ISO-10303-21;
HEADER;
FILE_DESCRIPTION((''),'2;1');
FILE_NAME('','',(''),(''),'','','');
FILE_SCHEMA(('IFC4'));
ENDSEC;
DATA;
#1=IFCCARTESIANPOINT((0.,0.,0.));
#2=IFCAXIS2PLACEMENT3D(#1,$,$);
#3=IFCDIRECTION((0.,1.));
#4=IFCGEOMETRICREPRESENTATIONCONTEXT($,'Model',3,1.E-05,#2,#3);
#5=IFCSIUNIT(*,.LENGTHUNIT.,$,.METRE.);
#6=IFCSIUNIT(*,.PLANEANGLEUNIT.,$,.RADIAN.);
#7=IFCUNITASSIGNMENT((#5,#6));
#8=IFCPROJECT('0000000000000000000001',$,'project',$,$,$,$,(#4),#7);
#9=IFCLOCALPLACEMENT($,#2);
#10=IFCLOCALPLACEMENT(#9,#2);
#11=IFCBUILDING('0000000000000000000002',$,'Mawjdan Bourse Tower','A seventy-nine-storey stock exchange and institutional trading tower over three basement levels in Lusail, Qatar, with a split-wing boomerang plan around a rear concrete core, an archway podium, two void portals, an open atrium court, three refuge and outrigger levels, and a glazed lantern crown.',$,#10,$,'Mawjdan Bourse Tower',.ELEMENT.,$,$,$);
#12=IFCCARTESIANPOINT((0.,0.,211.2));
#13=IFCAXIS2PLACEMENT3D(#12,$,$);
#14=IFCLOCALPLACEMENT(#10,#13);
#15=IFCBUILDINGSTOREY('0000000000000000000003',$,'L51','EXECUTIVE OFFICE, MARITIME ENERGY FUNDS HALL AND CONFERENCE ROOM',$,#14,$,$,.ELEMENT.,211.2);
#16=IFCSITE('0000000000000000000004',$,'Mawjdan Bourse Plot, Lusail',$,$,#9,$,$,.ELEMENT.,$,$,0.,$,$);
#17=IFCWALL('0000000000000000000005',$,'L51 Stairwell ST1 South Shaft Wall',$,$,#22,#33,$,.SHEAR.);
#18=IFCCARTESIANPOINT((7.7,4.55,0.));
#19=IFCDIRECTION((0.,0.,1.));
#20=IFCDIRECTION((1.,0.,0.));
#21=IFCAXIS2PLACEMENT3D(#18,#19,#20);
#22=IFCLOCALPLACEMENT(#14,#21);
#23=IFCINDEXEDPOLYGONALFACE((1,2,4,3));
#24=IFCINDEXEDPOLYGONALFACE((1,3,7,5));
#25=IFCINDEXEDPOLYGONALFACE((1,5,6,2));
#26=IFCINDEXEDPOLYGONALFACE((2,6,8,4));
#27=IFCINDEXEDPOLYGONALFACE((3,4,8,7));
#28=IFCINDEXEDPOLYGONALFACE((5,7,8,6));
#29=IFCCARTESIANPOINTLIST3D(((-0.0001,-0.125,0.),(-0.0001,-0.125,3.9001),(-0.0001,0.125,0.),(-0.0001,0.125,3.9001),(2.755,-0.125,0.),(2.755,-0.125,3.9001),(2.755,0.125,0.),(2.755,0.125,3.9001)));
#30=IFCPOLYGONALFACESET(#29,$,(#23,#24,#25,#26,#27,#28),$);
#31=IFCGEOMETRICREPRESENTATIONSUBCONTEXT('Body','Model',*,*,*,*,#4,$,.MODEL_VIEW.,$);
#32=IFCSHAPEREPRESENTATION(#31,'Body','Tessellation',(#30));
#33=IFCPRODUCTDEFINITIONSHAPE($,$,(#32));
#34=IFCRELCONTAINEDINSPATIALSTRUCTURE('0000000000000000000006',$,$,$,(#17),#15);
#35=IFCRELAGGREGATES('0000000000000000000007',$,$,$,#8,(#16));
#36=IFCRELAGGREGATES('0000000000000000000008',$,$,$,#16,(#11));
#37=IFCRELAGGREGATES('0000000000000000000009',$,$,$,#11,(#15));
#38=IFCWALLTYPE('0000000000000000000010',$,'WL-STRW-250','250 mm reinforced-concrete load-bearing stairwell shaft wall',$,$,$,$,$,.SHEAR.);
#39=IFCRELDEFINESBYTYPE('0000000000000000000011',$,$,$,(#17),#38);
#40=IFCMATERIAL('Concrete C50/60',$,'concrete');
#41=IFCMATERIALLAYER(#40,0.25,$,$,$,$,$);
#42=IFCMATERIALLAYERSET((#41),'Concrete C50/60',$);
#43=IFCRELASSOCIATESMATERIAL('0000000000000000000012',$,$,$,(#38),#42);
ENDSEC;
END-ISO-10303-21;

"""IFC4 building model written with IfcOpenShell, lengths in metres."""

from ifc_helpers import new_model, si_unit, direction, frame, frame_2d, origin, place, context, subcontext, project, spatial, rectangle, extrude, material, layer, layer_set, type_object, element, save


model = new_model("IFC4")

# Units and contexts
model_context = context("Model", 3, precision=1e-05, world=origin(), true_north=direction((0.0, 1.0)))
body_context = subcontext(model_context, "Body", "Model", "MODEL_VIEW")
ifc_project = project(units=[si_unit("LENGTHUNIT", "METRE"), si_unit("PLANEANGLEUNIT", "RADIAN")], contexts=[model_context])

# Site, building, storey
site_placement = place(None, origin())
site = spatial("IfcSite", under=ifc_project, at=site_placement, Name="Mawjdan Bourse Plot, Lusail", CompositionType="ELEMENT", RefElevation=0.0)
building_placement = place(site_placement, origin())
building = spatial("IfcBuilding", under=site, at=building_placement, Name="Mawjdan Bourse Tower", Description="A seventy-nine-storey stock exchange and institutional trading tower over three basement levels in Lusail, Qatar, with a split-wing boomerang plan around a rear concrete core, an archway podium, two void portals, an open atrium court, three refuge and outrigger levels, and a glazed lantern crown.", LongName="Mawjdan Bourse Tower", CompositionType="ELEMENT")
storey_placement = place(building_placement, frame((0.0, 0.0, 211.2)))
storey = spatial("IfcBuildingStorey", under=building, at=storey_placement, Name="L51", Description="EXECUTIVE OFFICE, MARITIME ENERGY FUNDS HALL AND CONFERENCE ROOM", CompositionType="ELEMENT", Elevation=211.2)

# Shared definitions
ifc_material_1 = material(Name="Concrete C50/60", Category="concrete")

# Wall
ifc_layer_1 = layer(ifc_material_1, 0.25)
ifc_layer_set_1 = layer_set([ifc_layer_1], Name="Concrete C50/60")
wall_type_1 = type_object("IfcWallType", Name="WL-STRW-250", Description="250 mm reinforced-concrete load-bearing stairwell shaft wall", PredefinedType="SHEAR", material=ifc_layer_set_1)
wall_1_placement = place(storey_placement, frame((7.7, 4.55, 0.0), z_axis=(0.0, 0.0, 1.0), x_axis=(1.0, 0.0, 0.0)))
element("IfcWall", 1, at=wall_1_placement, inside=storey, type_object=wall_type_1, Name="L51 Stairwell ST1 South Shaft Wall", PredefinedType="SHEAR", context=body_context, shape_type="SweptSolid", body=[
    extrude(rectangle(XDim=2.7551, YDim=0.25, at=frame_2d((1.3774, 0.0))), origin(), (0.0, 0.0, 1.0), 3.9001),
])

save(model, "model.ifc")
